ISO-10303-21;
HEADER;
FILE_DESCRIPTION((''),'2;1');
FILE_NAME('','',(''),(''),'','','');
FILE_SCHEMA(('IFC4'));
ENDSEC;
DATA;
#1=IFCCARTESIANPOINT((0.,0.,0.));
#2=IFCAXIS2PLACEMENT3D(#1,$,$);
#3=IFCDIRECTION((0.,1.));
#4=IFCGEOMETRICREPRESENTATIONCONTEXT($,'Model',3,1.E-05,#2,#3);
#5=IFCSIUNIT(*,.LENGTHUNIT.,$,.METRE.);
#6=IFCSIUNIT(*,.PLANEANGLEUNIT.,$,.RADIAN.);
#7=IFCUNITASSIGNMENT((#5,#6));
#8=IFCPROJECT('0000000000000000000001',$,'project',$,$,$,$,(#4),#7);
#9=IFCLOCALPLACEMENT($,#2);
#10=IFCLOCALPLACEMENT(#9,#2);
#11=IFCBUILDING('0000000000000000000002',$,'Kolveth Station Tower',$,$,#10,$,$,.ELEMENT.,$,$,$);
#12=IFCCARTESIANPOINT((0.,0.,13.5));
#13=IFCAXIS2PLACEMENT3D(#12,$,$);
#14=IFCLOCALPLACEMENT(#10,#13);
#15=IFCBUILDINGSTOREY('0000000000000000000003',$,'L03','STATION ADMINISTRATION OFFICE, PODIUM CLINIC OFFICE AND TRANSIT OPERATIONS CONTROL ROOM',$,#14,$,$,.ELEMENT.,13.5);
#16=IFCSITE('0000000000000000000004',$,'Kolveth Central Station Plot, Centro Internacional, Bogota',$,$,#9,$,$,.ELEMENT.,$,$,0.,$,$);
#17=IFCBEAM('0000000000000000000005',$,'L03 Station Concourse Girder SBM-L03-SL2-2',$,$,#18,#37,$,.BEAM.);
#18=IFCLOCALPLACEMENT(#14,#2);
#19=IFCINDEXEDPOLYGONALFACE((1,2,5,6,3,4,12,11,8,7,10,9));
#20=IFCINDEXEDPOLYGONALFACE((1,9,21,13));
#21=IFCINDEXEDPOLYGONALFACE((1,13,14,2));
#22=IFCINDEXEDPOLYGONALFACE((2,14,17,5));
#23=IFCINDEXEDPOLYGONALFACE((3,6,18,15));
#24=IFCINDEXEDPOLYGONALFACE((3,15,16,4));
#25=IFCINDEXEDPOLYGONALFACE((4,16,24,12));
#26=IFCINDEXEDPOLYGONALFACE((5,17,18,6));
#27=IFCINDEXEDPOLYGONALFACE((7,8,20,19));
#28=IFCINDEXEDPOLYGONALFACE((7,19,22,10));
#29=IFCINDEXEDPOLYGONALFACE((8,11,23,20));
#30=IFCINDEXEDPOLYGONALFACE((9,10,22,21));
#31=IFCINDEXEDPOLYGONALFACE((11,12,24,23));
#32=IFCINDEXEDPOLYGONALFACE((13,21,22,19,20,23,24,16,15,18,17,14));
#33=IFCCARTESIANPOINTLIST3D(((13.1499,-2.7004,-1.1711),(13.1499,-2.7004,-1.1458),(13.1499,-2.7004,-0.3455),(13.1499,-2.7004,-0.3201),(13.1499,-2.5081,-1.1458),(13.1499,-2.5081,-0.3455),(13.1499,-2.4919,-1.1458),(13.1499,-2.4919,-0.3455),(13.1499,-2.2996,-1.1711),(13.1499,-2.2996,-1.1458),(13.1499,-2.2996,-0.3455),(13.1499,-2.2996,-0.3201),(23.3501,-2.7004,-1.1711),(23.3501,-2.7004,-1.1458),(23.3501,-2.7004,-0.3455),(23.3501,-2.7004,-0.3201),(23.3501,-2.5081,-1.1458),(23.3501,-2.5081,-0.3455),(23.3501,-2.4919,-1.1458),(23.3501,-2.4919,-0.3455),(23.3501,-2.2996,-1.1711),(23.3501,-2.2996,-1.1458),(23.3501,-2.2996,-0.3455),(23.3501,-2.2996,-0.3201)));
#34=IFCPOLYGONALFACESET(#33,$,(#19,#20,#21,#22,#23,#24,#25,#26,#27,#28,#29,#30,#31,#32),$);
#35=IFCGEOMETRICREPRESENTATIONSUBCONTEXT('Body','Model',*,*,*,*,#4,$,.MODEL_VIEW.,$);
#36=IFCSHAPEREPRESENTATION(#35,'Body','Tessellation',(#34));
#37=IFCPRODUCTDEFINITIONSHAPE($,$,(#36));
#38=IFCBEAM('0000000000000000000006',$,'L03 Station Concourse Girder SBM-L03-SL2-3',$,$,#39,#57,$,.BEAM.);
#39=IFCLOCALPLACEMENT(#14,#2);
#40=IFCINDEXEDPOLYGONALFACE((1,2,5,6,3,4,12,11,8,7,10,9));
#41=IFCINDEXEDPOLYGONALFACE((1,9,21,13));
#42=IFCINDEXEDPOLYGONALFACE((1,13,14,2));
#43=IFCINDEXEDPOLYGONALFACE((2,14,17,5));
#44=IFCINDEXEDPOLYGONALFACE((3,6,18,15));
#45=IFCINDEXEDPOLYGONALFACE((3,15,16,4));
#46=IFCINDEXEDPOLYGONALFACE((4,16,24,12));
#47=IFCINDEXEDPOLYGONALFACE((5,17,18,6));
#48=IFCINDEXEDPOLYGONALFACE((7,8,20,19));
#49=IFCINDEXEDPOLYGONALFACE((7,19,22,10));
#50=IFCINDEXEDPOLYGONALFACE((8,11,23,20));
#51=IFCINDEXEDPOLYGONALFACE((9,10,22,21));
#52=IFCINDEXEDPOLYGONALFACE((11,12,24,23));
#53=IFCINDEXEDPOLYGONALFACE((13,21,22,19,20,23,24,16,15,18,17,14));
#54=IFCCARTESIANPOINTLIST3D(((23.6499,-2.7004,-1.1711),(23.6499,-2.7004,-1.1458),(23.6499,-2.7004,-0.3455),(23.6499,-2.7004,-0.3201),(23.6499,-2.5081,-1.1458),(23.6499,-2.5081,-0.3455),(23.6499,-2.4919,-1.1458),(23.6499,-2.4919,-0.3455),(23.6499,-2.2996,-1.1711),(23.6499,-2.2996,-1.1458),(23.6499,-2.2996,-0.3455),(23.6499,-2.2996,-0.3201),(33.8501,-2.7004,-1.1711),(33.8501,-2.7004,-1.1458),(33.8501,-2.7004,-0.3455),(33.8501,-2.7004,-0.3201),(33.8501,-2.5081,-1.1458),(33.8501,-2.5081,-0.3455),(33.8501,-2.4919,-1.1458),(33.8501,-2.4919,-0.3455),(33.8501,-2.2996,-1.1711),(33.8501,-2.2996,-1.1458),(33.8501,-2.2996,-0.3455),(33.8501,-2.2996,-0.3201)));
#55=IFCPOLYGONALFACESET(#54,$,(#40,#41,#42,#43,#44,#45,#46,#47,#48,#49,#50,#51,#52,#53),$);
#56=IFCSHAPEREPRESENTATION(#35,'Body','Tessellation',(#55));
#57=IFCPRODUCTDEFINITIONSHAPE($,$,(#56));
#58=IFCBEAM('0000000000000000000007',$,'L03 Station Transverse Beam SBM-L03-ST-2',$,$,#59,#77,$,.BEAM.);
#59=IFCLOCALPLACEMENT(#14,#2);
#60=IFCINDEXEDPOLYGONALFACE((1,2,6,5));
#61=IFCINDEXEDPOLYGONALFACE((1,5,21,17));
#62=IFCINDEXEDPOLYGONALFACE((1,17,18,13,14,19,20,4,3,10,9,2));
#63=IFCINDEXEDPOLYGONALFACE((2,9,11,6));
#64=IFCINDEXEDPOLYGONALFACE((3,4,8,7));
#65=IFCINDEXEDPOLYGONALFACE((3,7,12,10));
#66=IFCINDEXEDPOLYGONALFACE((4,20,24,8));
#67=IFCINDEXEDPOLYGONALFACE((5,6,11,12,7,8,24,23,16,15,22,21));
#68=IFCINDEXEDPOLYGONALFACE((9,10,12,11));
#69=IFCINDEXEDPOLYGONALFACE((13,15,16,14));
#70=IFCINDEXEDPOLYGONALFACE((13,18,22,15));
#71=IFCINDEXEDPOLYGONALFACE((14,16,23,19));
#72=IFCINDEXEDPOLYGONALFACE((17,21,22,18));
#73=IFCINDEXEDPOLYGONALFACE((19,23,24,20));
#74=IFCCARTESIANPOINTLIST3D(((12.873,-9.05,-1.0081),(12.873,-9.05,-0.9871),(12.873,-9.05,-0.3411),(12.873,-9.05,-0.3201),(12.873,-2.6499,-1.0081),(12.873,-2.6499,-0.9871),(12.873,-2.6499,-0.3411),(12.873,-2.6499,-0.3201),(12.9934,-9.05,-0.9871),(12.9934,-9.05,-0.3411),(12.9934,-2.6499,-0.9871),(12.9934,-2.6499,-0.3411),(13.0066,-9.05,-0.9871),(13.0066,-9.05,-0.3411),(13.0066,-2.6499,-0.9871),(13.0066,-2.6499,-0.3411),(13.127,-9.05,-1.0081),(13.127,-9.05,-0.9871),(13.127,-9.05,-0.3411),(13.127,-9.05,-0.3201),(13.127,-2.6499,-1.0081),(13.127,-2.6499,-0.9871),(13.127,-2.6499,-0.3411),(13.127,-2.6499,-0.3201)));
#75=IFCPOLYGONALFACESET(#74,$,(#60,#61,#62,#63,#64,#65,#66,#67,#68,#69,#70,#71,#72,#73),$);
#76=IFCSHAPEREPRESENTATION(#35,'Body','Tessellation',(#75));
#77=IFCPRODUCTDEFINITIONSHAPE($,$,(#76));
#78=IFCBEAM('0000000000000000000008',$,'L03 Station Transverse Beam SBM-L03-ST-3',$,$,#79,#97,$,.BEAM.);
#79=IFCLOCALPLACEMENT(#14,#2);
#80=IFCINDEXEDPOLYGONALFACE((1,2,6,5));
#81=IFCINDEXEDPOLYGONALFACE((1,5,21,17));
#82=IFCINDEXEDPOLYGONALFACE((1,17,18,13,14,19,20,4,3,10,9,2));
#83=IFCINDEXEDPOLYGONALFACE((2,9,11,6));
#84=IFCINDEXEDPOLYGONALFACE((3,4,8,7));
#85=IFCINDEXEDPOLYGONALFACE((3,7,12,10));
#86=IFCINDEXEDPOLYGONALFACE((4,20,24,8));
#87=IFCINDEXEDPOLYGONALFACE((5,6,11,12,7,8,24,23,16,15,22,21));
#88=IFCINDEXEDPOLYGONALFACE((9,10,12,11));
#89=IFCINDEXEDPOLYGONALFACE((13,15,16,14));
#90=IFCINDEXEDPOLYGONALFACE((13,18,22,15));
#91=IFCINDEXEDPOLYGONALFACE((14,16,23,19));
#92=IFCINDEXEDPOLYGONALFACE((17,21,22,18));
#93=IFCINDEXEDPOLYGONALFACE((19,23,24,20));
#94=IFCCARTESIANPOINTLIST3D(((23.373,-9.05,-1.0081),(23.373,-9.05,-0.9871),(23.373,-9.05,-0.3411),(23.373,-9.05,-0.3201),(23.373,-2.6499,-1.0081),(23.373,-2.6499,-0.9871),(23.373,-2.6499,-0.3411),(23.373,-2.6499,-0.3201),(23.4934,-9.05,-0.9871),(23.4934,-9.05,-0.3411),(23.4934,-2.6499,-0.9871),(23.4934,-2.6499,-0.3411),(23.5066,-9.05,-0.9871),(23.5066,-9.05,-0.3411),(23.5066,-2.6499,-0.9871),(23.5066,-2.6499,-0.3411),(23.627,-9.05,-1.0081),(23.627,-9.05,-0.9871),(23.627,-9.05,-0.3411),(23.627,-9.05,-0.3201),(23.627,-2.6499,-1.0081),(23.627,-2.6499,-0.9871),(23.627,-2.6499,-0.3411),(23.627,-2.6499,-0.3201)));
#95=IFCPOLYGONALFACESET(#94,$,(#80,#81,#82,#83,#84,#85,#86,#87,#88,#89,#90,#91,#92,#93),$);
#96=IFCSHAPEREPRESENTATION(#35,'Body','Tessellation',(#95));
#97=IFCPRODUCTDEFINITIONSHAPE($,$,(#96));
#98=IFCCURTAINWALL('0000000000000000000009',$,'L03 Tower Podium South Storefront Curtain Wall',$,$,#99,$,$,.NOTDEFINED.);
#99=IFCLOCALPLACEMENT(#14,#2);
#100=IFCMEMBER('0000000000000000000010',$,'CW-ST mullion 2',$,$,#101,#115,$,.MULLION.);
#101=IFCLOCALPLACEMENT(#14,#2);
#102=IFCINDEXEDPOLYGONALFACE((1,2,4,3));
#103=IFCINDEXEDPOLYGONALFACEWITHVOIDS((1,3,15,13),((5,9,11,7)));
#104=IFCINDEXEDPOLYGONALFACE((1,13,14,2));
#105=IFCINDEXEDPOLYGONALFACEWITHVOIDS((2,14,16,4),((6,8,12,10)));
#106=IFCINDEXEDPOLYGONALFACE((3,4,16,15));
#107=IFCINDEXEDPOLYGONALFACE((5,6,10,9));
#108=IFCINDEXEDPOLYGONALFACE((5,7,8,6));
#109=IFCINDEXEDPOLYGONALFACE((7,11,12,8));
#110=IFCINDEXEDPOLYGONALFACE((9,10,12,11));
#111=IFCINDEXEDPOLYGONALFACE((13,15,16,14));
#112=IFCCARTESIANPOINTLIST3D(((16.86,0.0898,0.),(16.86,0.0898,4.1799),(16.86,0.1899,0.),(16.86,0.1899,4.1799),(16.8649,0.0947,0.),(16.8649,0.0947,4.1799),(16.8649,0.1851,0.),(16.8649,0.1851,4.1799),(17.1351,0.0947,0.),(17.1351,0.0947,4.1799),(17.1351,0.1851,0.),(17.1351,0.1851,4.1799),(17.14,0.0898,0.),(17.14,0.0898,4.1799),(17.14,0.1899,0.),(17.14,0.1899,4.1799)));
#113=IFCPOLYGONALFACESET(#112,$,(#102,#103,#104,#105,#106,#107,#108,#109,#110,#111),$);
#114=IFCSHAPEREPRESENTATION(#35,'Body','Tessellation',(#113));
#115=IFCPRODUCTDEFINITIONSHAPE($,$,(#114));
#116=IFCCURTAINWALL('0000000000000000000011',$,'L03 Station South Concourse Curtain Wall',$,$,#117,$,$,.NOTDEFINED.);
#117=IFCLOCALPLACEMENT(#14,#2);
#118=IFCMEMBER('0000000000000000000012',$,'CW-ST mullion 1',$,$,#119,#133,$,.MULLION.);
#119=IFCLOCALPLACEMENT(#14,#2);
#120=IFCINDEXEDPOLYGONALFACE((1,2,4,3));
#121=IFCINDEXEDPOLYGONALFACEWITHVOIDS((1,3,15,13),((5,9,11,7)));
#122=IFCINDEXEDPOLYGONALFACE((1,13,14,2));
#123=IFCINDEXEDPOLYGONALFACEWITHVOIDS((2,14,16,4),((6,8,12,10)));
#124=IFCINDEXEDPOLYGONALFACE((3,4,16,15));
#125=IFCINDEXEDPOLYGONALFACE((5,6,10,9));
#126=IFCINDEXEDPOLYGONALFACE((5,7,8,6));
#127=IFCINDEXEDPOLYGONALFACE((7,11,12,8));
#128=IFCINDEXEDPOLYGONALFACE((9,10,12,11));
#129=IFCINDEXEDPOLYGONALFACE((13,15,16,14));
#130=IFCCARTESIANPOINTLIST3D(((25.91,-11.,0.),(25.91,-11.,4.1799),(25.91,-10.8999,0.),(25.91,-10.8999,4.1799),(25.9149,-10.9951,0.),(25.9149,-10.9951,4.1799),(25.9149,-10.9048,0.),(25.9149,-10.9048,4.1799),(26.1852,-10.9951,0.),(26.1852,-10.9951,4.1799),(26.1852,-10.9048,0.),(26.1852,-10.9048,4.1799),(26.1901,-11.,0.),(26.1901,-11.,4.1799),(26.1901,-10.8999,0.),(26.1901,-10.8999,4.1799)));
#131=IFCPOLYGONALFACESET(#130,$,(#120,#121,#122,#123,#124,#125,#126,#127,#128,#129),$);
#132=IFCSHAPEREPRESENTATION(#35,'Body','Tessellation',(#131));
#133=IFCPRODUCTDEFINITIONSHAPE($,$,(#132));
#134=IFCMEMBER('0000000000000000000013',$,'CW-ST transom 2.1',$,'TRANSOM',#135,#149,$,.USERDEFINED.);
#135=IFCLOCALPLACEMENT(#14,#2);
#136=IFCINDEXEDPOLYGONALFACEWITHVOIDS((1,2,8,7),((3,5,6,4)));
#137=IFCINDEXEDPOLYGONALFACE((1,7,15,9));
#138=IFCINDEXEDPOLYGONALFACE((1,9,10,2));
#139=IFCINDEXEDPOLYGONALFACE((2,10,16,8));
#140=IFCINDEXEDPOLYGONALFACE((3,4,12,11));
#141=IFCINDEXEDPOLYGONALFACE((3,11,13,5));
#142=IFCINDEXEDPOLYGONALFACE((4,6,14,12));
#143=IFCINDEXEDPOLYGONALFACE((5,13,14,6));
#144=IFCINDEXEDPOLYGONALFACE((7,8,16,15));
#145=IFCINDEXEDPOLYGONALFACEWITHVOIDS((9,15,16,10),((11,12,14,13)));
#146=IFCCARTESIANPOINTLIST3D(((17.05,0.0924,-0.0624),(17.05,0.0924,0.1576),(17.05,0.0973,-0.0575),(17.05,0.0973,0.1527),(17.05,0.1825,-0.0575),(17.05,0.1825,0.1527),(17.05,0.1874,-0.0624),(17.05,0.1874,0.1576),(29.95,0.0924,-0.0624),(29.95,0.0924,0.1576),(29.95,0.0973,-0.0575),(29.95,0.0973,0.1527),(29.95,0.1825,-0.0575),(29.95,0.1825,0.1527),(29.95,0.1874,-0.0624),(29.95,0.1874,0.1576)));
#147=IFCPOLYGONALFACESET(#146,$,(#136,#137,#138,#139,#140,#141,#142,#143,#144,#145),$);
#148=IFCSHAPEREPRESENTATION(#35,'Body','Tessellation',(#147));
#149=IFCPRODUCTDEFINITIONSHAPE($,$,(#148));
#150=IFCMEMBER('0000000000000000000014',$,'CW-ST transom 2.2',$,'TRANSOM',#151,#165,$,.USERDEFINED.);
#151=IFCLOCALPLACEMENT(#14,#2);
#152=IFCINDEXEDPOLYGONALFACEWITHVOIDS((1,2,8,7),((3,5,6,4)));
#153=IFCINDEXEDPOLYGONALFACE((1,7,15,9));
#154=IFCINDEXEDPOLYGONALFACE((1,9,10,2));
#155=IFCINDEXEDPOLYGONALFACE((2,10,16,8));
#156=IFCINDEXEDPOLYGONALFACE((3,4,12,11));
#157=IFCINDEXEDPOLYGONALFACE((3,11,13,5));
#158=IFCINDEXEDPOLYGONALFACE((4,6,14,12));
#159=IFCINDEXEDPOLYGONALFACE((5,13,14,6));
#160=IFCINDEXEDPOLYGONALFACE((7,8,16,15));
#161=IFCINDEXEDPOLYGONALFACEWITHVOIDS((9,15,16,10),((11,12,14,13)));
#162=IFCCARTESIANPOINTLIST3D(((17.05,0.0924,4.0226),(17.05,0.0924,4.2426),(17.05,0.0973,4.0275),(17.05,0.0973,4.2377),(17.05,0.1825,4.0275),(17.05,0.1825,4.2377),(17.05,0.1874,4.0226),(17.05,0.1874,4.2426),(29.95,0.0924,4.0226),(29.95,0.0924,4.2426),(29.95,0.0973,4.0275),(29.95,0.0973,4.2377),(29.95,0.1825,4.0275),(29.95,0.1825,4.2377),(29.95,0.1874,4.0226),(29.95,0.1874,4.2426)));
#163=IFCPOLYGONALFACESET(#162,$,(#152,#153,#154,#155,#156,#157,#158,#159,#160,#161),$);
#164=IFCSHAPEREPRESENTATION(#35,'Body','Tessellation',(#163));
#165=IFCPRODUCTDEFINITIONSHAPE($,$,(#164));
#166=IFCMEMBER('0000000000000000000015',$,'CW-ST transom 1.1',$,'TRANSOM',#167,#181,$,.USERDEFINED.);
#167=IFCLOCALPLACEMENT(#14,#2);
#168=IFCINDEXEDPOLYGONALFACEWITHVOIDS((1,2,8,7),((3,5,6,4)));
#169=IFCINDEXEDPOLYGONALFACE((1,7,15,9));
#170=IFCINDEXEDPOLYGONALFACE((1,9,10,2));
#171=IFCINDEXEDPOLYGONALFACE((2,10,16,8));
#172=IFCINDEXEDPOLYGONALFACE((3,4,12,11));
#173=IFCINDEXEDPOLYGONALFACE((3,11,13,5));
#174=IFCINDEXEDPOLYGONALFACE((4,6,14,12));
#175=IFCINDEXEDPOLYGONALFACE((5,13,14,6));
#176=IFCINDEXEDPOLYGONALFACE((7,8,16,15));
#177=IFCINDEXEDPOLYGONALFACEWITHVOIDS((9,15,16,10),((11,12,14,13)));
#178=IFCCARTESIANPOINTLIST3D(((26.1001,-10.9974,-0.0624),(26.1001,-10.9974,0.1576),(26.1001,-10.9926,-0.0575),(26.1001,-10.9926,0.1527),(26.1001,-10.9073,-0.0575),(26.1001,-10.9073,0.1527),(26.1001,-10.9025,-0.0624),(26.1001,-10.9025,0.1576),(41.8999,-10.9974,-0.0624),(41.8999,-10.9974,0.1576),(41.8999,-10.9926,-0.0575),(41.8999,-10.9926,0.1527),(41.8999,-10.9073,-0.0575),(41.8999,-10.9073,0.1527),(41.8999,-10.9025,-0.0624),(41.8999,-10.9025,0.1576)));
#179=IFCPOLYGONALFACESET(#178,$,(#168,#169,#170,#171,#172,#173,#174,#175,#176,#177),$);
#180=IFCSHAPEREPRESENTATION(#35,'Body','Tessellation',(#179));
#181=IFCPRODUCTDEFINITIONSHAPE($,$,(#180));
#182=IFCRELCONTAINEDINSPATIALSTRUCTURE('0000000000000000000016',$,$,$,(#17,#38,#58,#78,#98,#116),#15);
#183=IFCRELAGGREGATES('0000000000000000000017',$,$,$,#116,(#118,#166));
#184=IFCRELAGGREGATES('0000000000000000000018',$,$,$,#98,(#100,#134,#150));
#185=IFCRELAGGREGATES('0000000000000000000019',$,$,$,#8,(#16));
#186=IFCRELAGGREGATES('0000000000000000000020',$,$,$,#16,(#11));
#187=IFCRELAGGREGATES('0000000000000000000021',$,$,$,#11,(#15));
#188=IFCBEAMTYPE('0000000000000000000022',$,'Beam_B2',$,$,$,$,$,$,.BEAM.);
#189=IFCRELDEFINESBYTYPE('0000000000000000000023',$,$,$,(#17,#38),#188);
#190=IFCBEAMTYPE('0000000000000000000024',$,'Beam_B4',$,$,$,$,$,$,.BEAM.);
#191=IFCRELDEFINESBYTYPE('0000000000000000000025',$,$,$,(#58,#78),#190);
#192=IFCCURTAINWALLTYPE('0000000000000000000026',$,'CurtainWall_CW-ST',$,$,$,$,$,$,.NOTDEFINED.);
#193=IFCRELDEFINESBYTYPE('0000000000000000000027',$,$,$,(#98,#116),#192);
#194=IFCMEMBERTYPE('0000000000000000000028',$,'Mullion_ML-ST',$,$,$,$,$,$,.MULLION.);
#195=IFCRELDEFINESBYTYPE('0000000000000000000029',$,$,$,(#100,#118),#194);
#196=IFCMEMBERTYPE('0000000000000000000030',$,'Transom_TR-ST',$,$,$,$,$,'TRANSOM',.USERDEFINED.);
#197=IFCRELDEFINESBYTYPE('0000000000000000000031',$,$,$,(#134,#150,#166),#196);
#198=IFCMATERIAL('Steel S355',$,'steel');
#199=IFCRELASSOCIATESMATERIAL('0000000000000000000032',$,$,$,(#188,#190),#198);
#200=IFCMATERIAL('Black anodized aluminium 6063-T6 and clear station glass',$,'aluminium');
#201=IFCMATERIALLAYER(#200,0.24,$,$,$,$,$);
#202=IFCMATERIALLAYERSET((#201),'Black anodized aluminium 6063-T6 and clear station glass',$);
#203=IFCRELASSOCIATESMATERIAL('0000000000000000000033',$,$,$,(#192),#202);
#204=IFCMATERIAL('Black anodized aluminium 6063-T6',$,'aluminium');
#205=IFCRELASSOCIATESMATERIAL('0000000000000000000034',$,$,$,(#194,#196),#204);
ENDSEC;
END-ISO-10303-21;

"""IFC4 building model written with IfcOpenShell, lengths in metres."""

from ifc_helpers import new_model, si_unit, direction, frame, origin, origin_2d, place, context, subcontext, project, spatial, hollow_rectangle, i_section, extrude, source, transform, mapped, material, layer, layer_set, material_profile, profile_set, type_object, element, aggregate, save


model = new_model("IFC4")

# Units and contexts
model_context = context("Model", 3, precision=1e-05, world=origin(), true_north=direction((0.0, 1.0)))
body_context = subcontext(model_context, "Body", "Model", "MODEL_VIEW")
ifc_project = project(units=[si_unit("LENGTHUNIT", "METRE"), si_unit("PLANEANGLEUNIT", "RADIAN")], contexts=[model_context])

# Site, building, storey
site_placement = place(None, origin())
site = spatial("IfcSite", under=ifc_project, at=site_placement, Name="Kolveth Central Station Plot, Centro Internacional, Bogota", CompositionType="ELEMENT", RefElevation=0.0)
building_placement = place(site_placement, origin())
building = spatial("IfcBuilding", under=site, at=building_placement, Name="Kolveth Station Tower", CompositionType="ELEMENT")
storey_placement = place(building_placement, frame((0.0, 0.0, 13.5)))
storey = spatial("IfcBuildingStorey", under=building, at=storey_placement, Name="L03", Description="STATION ADMINISTRATION OFFICE, PODIUM CLINIC OFFICE AND TRANSIT OPERATIONS CONTROL ROOM", CompositionType="ELEMENT", Elevation=13.5)

# Shared definitions
ifc_material_1 = material(Name="Steel S355", Category="steel")

# Beams
ifc_material_profile_1 = material_profile(ifc_material_1, i_section(OverallWidth=0.4009, OverallDepth=0.8511, WebThickness=0.0161, FlangeThickness=0.0254, at=origin_2d()), Name="W840x226")
ifc_profile_set_1 = profile_set([ifc_material_profile_1], Name="Steel S355")
beam_type_1 = type_object("IfcBeamType", Name="Beam_B2", PredefinedType="BEAM", material=ifc_profile_set_1)
shared_shape_1 = source(origin(), body_context, "Body", "SweptSolid", [
    extrude(i_section(OverallWidth=0.4009, OverallDepth=0.8511, WebThickness=0.0161, FlangeThickness=0.0254, at=origin_2d()), origin(), (0.0, 0.0, 1.0), 10.2002),
])
for number, where, z_axis, x_axis, name in (
    (1, (13.1499, -2.5, -0.7456), (1.0, 0.0, 0.0), (0.0, 1.0, 0.0), "L03 Station Concourse Girder SBM-L03-SL2-2"),
    (2, (23.6499, -2.5, -0.7456), (1.0, 0.0, 0.0), (0.0, 1.0, 0.0), "L03 Station Concourse Girder SBM-L03-SL2-3"),
):
    element("IfcBeam", number, at=place(storey_placement, frame(where, z_axis=z_axis, x_axis=x_axis)), inside=storey, type_object=beam_type_1, Name=name, PredefinedType="BEAM", context=body_context, shape_type="MappedRepresentation", body=[
        mapped(shared_shape_1, transform((0.0, 0.0, 0.0), x_axis=(1.0, 0.0, 0.0), y_axis=(0.0, 1.0, 0.0), z_axis=(0.0, 0.0, 1.0), scale=1.0)),
    ])
ifc_material_profile_2 = material_profile(ifc_material_1, i_section(OverallWidth=0.2539, OverallDepth=0.688, WebThickness=0.0132, FlangeThickness=0.021, at=origin_2d()), Name="W690x152")
ifc_profile_set_2 = profile_set([ifc_material_profile_2], Name="Steel S355")
beam_type_2 = type_object("IfcBeamType", Name="Beam_B4", PredefinedType="BEAM", material=ifc_profile_set_2)
shared_shape_2 = source(origin(), body_context, "Body", "SweptSolid", [
    extrude(i_section(OverallWidth=0.2539, OverallDepth=0.688, WebThickness=0.0132, FlangeThickness=0.021, at=origin_2d()), origin(), (0.0, 0.0, 1.0), 6.4001),
])
for number, where, z_axis, x_axis, name in (
    (3, (13.0, -9.05, -0.6641), (0.0, 1.0, 0.0), (-1.0, 0.0, 0.0), "L03 Station Transverse Beam SBM-L03-ST-2"),
    (4, (23.5, -9.05, -0.6641), (0.0, 1.0, 0.0), (-1.0, 0.0, 0.0), "L03 Station Transverse Beam SBM-L03-ST-3"),
):
    element("IfcBeam", number, at=place(storey_placement, frame(where, z_axis=z_axis, x_axis=x_axis)), inside=storey, type_object=beam_type_2, Name=name, PredefinedType="BEAM", context=body_context, shape_type="MappedRepresentation", body=[
        mapped(shared_shape_2, transform((0.0, 0.0, 0.0), x_axis=(1.0, 0.0, 0.0), y_axis=(0.0, 1.0, 0.0), z_axis=(0.0, 0.0, 1.0), scale=1.0)),
    ])

# Curtain walls, members
ifc_material_2 = material(Name="Black anodized aluminium 6063-T6 and clear station glass", Category="aluminium")
ifc_layer_1 = layer(ifc_material_2, 0.24)
ifc_layer_set_1 = layer_set([ifc_layer_1], Name="Black anodized aluminium 6063-T6 and clear station glass")
curtain_wall_type = type_object("IfcCurtainWallType", Name="CurtainWall_CW-ST", PredefinedType="NOTDEFINED", material=ifc_layer_set_1)
curtain_wall_1_placement = place(storey_placement, origin())
curtain_wall_1 = element("IfcCurtainWall", 5, at=curtain_wall_1_placement, inside=storey, type_object=curtain_wall_type, Name="L03 Tower Podium South Storefront Curtain Wall", PredefinedType="NOTDEFINED")
ifc_material_3 = material(Name="Black anodized aluminium 6063-T6", Category="aluminium")
ifc_material_profile_3 = material_profile(ifc_material_3, hollow_rectangle(XDim=0.1001, YDim=0.28, WallThickness=0.0049, at=origin_2d()), Name="ALU-100x280x5")
ifc_profile_set_3 = profile_set([ifc_material_profile_3], Name="Black anodized aluminium 6063-T6")
member_type_1 = type_object("IfcMemberType", Name="Mullion_ML-ST", PredefinedType="MULLION", material=ifc_profile_set_3)
shared_shape_3 = source(origin(), body_context, "Body", "SweptSolid", [
    extrude(hollow_rectangle(XDim=0.1001, YDim=0.28, WallThickness=0.0049, at=origin_2d()), origin(), (0.0, 0.0, 1.0), 4.1799),
])
member_1_placement = place(storey_placement, frame((17.0, 0.1399, 0.0), z_axis=(0.0, 0.0, 1.0), x_axis=(0.0, 1.0, 0.0)))
member_1 = element("IfcMember", 6, at=member_1_placement, type_object=member_type_1, Name="CW-ST mullion 2", PredefinedType="MULLION", context=body_context, shape_type="MappedRepresentation", body=[
    mapped(shared_shape_3, transform((0.0, 0.0, 0.0), x_axis=(1.0, 0.0, 0.0), y_axis=(0.0, 1.0, 0.0), z_axis=(0.0, 0.0, 1.0), scale=1.0)),
])
curtain_wall_2_placement = place(storey_placement, origin())
curtain_wall_2 = element("IfcCurtainWall", 7, at=curtain_wall_2_placement, inside=storey, type_object=curtain_wall_type, Name="L03 Station South Concourse Curtain Wall", PredefinedType="NOTDEFINED")
member_2_placement = place(storey_placement, frame((26.05, -10.95, 0.0), z_axis=(0.0, 0.0, 1.0), x_axis=(0.0, 1.0, 0.0)))
member_2 = element("IfcMember", 8, at=member_2_placement, type_object=member_type_1, Name="CW-ST mullion 1", PredefinedType="MULLION", context=body_context, shape_type="MappedRepresentation", body=[
    mapped(shared_shape_3, transform((0.0, 0.0, 0.0), x_axis=(1.0, 0.0, 0.0), y_axis=(0.0, 1.0, 0.0), z_axis=(0.0, 0.0, 1.0), scale=1.0)),
])

# Members
ifc_material_profile_4 = material_profile(ifc_material_3, hollow_rectangle(XDim=0.095, YDim=0.22, WallThickness=0.0049, at=origin_2d()), Name="ALU-95x220x5")
ifc_profile_set_4 = profile_set([ifc_material_profile_4], Name="Black anodized aluminium 6063-T6")
member_type_2 = type_object("IfcMemberType", Name="Transom_TR-ST", ElementType="TRANSOM", PredefinedType="USERDEFINED", material=ifc_profile_set_4)
shared_shape_4 = source(origin(), body_context, "Body", "SweptSolid", [
    extrude(hollow_rectangle(XDim=0.095, YDim=0.22, WallThickness=0.0049, at=origin_2d()), origin(), (0.0, 0.0, 1.0), 12.8999),
])
member_3_placement = place(storey_placement, frame((17.05, 0.1399, 0.0476), z_axis=(1.0, 0.0, 0.0), x_axis=(0.0, 1.0, 0.0)))
member_3 = element("IfcMember", 9, at=member_3_placement, type_object=member_type_2, Name="CW-ST transom 2.1", ObjectType="TRANSOM", PredefinedType="USERDEFINED", context=body_context, shape_type="MappedRepresentation", body=[
    mapped(shared_shape_4, transform((0.0, 0.0, 0.0), x_axis=(1.0, 0.0, 0.0), y_axis=(0.0, 1.0, 0.0), z_axis=(0.0, 0.0, 1.0), scale=1.0)),
])
member_4_placement = place(storey_placement, frame((17.05, 0.1399, 4.1326), z_axis=(1.0, 0.0, 0.0), x_axis=(0.0, 1.0, 0.0)))
member_4 = element("IfcMember", 10, at=member_4_placement, type_object=member_type_2, Name="CW-ST transom 2.2", ObjectType="TRANSOM", PredefinedType="USERDEFINED", context=body_context, shape_type="MappedRepresentation", body=[
    mapped(shared_shape_4, transform((0.0, 0.0, 0.0), x_axis=(1.0, 0.0, 0.0), y_axis=(0.0, 1.0, 0.0), z_axis=(0.0, 0.0, 1.0), scale=1.0)),
])
shared_shape_5 = source(origin(), body_context, "Body", "SweptSolid", [
    extrude(hollow_rectangle(XDim=0.095, YDim=0.22, WallThickness=0.0049, at=origin_2d()), origin(), (0.0, 0.0, 1.0), 15.7998),
])
member_5_placement = place(storey_placement, frame((26.1001, -10.95, 0.0476), z_axis=(1.0, 0.0, 0.0), x_axis=(0.0, 1.0, 0.0)))
member_5 = element("IfcMember", 11, at=member_5_placement, type_object=member_type_2, Name="CW-ST transom 1.1", ObjectType="TRANSOM", PredefinedType="USERDEFINED", context=body_context, shape_type="MappedRepresentation", body=[
    mapped(shared_shape_5, transform((0.0, 0.0, 0.0), x_axis=(1.0, 0.0, 0.0), y_axis=(0.0, 1.0, 0.0), z_axis=(0.0, 0.0, 1.0), scale=1.0)),
])
aggregate(curtain_wall_2, [member_2, member_5])

aggregate(curtain_wall_1, [member_1, member_3, member_4])

save(model, "model.ifc")
